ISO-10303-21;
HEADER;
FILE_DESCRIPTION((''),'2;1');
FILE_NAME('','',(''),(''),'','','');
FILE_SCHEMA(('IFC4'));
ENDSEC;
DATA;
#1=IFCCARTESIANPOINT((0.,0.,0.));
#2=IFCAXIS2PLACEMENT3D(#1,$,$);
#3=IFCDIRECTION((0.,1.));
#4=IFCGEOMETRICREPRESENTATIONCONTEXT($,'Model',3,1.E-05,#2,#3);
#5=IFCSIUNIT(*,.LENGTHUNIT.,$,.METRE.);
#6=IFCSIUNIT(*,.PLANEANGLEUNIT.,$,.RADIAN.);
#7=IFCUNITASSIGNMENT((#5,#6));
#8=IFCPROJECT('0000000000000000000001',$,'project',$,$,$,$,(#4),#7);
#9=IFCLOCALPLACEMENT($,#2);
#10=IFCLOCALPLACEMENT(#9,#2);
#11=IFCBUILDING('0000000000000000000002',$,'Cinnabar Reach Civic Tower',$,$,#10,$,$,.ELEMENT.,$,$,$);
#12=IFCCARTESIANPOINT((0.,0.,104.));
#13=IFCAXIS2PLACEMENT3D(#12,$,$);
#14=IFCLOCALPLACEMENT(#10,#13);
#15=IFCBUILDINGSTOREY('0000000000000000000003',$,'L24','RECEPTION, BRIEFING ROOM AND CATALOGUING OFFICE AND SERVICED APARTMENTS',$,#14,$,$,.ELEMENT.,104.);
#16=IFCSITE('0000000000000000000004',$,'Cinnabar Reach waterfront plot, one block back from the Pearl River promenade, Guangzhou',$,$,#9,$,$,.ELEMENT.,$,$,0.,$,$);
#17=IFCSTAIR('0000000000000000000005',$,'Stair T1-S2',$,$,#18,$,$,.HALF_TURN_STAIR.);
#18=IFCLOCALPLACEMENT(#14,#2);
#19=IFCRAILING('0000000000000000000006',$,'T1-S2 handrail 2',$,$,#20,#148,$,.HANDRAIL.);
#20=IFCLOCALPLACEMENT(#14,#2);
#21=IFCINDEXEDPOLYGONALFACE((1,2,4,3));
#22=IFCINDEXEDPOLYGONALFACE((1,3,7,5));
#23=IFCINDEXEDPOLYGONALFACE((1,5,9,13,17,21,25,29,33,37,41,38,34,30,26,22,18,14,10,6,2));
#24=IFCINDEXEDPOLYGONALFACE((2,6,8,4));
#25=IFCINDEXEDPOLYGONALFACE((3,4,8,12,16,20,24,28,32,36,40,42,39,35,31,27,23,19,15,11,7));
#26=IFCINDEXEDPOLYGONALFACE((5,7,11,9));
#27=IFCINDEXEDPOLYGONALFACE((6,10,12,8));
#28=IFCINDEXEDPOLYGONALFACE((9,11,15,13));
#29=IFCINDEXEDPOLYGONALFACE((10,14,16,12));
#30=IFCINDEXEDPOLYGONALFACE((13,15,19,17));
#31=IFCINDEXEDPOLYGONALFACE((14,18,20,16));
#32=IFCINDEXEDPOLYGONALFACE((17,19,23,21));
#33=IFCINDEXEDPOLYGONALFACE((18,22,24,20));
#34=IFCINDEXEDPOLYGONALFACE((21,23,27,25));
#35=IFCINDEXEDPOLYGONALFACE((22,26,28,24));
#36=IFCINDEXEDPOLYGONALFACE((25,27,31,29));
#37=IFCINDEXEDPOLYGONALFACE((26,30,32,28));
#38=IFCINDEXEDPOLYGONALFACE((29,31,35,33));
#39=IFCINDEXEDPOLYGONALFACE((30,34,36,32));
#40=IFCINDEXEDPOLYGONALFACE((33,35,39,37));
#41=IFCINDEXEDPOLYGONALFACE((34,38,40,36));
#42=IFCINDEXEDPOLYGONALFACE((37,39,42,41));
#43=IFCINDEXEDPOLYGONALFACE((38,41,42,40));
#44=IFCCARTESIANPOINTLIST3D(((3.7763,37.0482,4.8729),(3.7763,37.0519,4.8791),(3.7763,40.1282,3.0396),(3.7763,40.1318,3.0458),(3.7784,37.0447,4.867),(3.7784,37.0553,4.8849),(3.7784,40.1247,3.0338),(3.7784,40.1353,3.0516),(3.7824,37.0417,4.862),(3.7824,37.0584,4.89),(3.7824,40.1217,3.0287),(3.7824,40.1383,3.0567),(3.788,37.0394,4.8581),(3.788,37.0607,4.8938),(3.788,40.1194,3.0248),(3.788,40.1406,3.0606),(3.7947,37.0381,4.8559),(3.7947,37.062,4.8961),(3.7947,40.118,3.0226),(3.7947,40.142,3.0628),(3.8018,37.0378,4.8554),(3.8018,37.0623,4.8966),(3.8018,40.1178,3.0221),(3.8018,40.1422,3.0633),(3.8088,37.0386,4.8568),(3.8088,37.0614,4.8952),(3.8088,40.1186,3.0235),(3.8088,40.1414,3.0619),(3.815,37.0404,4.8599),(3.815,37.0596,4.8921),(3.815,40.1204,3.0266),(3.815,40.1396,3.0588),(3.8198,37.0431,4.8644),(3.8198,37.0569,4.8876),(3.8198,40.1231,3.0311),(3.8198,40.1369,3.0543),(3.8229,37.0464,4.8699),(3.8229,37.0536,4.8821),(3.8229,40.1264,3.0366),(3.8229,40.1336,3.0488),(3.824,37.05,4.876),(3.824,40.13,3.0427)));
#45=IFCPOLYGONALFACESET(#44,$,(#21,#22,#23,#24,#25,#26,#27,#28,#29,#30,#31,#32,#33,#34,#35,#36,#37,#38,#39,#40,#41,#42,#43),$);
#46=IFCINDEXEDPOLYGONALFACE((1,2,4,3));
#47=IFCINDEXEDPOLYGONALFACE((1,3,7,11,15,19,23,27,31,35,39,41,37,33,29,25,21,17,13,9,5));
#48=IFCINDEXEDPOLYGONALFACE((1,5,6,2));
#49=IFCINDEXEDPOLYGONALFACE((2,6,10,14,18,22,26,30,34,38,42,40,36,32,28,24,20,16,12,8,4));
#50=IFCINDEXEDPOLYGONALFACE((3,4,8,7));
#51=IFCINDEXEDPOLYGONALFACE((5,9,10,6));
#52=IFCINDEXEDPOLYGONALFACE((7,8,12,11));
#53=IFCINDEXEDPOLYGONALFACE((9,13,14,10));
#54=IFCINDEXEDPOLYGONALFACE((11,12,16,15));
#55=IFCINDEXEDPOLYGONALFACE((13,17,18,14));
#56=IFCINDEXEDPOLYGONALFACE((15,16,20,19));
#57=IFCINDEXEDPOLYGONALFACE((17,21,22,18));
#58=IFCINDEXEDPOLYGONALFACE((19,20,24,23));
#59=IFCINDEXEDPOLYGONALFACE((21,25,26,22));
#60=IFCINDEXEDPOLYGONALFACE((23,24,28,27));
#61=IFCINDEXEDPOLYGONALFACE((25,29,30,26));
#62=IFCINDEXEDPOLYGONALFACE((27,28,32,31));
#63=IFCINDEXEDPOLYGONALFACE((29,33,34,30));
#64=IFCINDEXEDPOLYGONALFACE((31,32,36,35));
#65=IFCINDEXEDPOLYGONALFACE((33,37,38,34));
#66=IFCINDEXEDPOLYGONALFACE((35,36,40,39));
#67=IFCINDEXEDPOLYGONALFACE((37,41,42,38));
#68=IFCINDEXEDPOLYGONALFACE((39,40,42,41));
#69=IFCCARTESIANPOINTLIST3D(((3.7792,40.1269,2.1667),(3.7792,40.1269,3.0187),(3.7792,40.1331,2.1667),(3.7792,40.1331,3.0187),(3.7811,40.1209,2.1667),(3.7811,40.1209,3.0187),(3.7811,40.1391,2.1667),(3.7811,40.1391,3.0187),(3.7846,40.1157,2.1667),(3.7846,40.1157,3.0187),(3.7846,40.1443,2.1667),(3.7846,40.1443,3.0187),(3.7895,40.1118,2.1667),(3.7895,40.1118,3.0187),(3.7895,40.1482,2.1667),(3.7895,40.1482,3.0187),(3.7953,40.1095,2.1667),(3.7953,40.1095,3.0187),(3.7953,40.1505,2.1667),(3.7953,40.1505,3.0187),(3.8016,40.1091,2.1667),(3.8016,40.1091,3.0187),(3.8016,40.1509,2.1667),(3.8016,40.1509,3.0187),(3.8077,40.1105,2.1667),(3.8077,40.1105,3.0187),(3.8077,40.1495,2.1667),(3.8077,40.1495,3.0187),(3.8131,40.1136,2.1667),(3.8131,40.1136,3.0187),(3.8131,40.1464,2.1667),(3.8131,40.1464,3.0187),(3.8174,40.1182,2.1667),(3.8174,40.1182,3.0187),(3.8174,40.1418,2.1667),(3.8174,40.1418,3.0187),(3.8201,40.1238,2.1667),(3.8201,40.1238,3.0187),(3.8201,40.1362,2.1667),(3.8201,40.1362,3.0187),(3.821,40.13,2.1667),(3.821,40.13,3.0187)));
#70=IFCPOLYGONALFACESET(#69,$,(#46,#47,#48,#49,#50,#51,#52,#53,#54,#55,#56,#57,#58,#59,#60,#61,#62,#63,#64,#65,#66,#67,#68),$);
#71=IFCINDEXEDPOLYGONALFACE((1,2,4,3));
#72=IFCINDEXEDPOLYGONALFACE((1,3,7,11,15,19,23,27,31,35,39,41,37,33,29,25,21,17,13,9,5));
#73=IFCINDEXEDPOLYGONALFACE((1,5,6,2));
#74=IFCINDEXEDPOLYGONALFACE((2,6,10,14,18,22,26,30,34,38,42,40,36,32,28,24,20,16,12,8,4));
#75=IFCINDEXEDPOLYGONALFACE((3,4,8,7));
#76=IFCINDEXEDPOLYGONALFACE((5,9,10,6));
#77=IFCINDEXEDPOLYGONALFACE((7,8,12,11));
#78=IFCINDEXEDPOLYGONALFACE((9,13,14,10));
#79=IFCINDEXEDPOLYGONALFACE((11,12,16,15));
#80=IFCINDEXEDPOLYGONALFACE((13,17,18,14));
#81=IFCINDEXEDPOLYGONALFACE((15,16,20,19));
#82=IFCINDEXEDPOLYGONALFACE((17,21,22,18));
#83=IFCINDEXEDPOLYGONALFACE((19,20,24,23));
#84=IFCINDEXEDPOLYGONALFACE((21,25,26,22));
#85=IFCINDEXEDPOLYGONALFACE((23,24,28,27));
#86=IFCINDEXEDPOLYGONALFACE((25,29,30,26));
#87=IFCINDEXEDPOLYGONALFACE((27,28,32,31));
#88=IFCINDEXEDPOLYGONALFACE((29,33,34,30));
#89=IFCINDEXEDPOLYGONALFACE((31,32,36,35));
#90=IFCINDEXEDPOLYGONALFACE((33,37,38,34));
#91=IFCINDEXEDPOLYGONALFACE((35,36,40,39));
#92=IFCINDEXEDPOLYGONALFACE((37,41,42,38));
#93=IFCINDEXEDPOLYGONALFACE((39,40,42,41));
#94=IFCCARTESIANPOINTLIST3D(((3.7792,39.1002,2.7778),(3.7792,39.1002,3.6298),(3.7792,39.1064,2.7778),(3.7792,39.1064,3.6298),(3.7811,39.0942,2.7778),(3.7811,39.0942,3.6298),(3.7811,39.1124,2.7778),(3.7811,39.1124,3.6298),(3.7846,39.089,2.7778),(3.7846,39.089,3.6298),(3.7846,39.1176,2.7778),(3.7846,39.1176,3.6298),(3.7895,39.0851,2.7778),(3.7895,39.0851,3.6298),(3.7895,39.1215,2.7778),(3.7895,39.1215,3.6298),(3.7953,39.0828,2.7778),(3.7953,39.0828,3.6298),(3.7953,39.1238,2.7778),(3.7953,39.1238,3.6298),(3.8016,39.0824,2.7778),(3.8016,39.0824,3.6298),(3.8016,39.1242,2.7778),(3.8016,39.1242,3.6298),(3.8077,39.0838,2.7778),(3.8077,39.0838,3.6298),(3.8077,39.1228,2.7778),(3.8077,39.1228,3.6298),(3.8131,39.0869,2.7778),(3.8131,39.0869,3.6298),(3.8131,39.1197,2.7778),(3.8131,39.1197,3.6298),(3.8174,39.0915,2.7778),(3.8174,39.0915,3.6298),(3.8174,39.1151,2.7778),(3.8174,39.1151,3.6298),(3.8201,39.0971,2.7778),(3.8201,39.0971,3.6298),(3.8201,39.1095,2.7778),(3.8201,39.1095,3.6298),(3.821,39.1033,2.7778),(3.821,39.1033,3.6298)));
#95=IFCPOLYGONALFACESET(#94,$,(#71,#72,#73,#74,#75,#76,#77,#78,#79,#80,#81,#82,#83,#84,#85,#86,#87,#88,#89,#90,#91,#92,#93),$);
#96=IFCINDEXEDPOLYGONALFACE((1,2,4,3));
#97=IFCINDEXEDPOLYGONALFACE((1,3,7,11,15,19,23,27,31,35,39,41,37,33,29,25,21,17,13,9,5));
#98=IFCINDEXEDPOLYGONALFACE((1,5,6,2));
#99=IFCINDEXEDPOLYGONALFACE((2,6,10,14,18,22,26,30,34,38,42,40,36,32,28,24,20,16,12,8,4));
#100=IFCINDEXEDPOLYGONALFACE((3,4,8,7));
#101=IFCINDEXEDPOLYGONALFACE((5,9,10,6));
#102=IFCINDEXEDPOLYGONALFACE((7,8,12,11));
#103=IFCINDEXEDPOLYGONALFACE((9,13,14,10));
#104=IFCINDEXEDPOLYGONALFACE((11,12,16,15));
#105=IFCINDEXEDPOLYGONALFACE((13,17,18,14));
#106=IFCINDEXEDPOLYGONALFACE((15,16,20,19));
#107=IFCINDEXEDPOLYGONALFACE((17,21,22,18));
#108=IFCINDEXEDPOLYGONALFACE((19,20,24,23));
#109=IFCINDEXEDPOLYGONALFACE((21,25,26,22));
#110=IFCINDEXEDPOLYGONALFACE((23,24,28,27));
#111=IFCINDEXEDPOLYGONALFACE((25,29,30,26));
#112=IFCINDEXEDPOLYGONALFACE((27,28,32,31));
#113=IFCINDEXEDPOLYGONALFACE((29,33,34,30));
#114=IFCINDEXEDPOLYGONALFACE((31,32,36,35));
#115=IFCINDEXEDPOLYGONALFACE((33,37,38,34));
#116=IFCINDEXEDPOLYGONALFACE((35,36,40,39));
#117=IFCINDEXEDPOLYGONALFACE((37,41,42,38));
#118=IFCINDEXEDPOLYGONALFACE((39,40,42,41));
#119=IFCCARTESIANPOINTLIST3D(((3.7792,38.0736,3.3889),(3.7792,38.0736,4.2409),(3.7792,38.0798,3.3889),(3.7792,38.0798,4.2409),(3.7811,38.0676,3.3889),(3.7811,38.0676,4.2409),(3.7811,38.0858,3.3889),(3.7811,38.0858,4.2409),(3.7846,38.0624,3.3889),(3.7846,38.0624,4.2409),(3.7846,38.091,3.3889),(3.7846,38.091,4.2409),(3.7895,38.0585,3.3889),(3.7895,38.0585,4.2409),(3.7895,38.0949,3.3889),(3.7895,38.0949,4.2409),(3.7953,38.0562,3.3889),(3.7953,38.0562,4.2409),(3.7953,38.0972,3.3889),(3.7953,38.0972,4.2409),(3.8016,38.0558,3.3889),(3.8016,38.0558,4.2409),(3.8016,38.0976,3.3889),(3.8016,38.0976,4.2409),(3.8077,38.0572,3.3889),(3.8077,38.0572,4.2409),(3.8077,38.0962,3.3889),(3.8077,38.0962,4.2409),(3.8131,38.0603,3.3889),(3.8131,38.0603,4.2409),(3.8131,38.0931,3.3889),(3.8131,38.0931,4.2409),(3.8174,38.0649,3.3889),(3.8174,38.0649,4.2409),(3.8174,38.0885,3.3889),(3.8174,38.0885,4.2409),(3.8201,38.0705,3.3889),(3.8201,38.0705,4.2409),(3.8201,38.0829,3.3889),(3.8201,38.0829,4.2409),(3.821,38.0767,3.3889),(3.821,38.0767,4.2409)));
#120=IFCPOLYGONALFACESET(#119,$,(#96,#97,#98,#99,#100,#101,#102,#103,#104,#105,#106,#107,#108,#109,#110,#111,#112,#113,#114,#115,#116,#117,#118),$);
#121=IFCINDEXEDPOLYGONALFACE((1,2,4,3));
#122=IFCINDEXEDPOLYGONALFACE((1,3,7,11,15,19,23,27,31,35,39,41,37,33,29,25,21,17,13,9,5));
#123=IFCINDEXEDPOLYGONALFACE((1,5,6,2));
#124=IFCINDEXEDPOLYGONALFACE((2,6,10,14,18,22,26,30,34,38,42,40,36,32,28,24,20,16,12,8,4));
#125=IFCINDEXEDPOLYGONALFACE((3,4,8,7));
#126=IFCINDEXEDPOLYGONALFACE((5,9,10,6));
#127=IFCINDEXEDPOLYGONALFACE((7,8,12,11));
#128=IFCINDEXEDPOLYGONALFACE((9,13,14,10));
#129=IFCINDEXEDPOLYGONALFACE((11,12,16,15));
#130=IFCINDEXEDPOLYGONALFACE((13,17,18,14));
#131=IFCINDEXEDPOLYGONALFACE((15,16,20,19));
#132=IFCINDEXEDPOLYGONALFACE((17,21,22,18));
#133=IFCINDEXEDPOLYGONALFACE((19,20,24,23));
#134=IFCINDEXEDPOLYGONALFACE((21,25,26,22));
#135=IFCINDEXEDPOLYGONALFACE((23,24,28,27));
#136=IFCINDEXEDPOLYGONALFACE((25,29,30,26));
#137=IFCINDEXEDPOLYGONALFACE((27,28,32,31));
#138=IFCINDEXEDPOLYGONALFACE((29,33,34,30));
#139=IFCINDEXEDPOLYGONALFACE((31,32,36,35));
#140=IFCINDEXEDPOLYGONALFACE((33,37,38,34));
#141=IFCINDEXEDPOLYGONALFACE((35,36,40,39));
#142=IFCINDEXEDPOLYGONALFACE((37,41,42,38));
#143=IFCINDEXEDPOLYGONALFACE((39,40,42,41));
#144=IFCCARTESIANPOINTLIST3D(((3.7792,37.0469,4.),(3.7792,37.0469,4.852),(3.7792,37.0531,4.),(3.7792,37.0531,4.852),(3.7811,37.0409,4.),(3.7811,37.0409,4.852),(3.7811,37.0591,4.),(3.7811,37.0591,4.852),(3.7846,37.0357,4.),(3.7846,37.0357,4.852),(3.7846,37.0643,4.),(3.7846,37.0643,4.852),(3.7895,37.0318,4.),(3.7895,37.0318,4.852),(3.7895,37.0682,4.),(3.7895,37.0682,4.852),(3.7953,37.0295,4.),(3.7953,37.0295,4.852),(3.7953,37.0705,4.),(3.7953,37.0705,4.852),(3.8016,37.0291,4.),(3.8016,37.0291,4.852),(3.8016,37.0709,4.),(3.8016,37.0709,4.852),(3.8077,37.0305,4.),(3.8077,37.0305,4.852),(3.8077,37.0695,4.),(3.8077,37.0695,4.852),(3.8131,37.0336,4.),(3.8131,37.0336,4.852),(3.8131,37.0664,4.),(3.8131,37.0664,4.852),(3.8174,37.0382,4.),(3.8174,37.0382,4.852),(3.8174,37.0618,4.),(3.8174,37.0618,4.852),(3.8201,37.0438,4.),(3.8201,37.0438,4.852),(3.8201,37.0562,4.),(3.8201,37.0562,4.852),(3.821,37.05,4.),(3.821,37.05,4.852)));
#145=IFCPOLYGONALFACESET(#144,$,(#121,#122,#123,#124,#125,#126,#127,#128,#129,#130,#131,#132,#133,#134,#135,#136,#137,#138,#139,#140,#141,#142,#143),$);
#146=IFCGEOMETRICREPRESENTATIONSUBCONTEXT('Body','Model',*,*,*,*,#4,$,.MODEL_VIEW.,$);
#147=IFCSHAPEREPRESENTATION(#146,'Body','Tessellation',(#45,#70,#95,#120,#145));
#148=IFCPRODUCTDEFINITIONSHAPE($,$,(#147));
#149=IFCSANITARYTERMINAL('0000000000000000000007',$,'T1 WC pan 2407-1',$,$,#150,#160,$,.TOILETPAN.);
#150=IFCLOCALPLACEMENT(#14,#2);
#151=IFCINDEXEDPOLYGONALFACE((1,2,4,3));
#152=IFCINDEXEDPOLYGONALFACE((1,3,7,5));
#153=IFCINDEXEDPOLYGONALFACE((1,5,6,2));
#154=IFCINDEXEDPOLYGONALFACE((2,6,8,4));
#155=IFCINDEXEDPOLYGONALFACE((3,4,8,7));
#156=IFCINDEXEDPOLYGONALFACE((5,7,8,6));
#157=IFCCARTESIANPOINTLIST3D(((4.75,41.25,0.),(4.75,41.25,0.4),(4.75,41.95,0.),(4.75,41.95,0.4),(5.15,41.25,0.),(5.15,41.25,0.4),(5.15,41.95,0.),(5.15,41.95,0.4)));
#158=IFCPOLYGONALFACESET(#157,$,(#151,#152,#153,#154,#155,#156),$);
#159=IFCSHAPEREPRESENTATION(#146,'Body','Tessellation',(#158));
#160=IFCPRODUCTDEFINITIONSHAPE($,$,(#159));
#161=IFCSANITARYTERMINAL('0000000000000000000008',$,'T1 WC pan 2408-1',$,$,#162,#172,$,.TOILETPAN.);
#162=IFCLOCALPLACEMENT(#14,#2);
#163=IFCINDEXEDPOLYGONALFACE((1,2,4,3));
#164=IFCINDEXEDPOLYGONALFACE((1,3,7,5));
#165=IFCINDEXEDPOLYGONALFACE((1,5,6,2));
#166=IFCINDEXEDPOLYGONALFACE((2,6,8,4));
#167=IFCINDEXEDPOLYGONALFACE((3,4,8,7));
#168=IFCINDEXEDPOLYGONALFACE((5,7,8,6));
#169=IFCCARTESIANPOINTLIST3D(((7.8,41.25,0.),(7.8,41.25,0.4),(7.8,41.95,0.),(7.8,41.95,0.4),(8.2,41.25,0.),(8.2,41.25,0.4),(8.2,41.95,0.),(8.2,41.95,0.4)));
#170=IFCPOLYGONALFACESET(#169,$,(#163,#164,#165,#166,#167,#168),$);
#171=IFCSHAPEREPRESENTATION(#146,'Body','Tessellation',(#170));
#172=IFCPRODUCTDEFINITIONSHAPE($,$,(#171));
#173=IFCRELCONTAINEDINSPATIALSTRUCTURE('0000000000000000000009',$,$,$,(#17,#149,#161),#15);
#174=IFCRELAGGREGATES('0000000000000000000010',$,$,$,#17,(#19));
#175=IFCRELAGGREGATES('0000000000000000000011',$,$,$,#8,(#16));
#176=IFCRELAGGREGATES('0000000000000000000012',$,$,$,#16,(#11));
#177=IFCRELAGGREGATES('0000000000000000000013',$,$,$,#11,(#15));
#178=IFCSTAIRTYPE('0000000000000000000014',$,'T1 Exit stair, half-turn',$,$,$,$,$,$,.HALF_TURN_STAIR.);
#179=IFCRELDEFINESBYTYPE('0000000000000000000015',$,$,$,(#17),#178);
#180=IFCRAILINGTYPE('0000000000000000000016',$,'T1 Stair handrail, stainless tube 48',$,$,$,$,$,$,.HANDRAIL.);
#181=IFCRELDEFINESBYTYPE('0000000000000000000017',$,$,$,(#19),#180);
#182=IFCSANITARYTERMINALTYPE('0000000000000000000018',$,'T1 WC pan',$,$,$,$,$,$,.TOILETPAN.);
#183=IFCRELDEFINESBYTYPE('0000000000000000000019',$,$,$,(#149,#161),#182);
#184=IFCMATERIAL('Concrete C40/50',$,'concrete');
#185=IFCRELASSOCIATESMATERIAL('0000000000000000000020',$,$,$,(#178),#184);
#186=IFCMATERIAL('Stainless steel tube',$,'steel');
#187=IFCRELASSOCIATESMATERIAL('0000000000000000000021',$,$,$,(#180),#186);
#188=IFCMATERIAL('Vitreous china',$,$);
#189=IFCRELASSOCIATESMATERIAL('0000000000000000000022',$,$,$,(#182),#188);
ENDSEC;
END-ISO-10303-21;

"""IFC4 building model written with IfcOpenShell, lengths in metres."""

from ifc_helpers import new_model, si_unit, direction, frame, origin, origin_2d, place, context, subcontext, project, spatial, rectangle, circle, extrude, material, type_object, element, aggregate, save


model = new_model("IFC4")

# Units and contexts
model_context = context("Model", 3, precision=1e-05, world=origin(), true_north=direction((0.0, 1.0)))
body_context = subcontext(model_context, "Body", "Model", "MODEL_VIEW")
ifc_project = project(units=[si_unit("LENGTHUNIT", "METRE"), si_unit("PLANEANGLEUNIT", "RADIAN")], contexts=[model_context])

# Site, building, storey
site_placement = place(None, origin())
site = spatial("IfcSite", under=ifc_project, at=site_placement, Name="Cinnabar Reach waterfront plot, one block back from the Pearl River promenade, Guangzhou", CompositionType="ELEMENT", RefElevation=0.0)
building_placement = place(site_placement, origin())
building = spatial("IfcBuilding", under=site, at=building_placement, Name="Cinnabar Reach Civic Tower", CompositionType="ELEMENT")
storey_placement = place(building_placement, frame((0.0, 0.0, 104.0)))
storey = spatial("IfcBuildingStorey", under=building, at=storey_placement, Name="L24", Description="RECEPTION, BRIEFING ROOM AND CATALOGUING OFFICE AND SERVICED APARTMENTS", CompositionType="ELEMENT", Elevation=104.0)

# Stair, railing
ifc_material_1 = material(Name="Concrete C40/50", Category="concrete")
stair_type = type_object("IfcStairType", Name="T1 Exit stair, half-turn", PredefinedType="HALF_TURN_STAIR", material=ifc_material_1)
stair_placement = place(storey_placement, origin())
stair = element("IfcStair", 1, at=stair_placement, inside=storey, type_object=stair_type, Name="Stair T1-S2", PredefinedType="HALF_TURN_STAIR")
ifc_material_2 = material(Name="Stainless steel tube", Category="steel")
railing_type = type_object("IfcRailingType", Name="T1 Stair handrail, stainless tube 48", PredefinedType="HANDRAIL", material=ifc_material_2)
railing_1_placement = place(storey_placement, frame((3.8, 40.13, 2.1667)))
railing_1 = element("IfcRailing", 2, at=railing_1_placement, type_object=railing_type, Name="T1-S2 handrail 2", PredefinedType="HANDRAIL", context=body_context, shape_type="SweptSolid", body=[
    extrude(circle(Radius=0.024, at=origin_2d()), frame((0.0, 0.0, 0.876), z_axis=(0.0, -0.859297, 0.511477), x_axis=(1.0, 0.0, 0.0)), (0.0, 0.0, 1.0), 3.5843),
    extrude(circle(Radius=0.021, at=origin_2d()), origin(), (0.0, 0.0, 1.0), 0.852),
    extrude(circle(Radius=0.021, at=origin_2d()), frame((0.0, -1.0267, 0.6111)), (0.0, 0.0, 1.0), 0.852),
    extrude(circle(Radius=0.021, at=origin_2d()), frame((0.0, -2.0533, 1.2222)), (0.0, 0.0, 1.0), 0.852),
    extrude(circle(Radius=0.021, at=origin_2d()), frame((0.0, -3.08, 1.8333)), (0.0, 0.0, 1.0), 0.852),
])
aggregate(stair, [railing_1])

# Sanitary terminals
ifc_material_3 = material(Name="Vitreous china")
sanitary_terminal_type = type_object("IfcSanitaryTerminalType", Name="T1 WC pan", PredefinedType="TOILETPAN", material=ifc_material_3)
for number, where, z_axis, x_axis, name in (
    (3, (4.95, 41.6, 0.0), (0.0, 0.0, 1.0), (1.0, 0.0, 0.0), "T1 WC pan 2407-1"),
    (4, (8.0, 41.6, 0.0), (0.0, 0.0, 1.0), (1.0, 0.0, 0.0), "T1 WC pan 2408-1"),
):
    element("IfcSanitaryTerminal", number, at=place(storey_placement, frame(where, z_axis=z_axis, x_axis=x_axis)), inside=storey, type_object=sanitary_terminal_type, Name=name, PredefinedType="TOILETPAN", context=body_context, shape_type="SweptSolid", body=[
        extrude(rectangle(XDim=0.4, YDim=0.7, at=origin_2d()), origin(), (0.0, 0.0, 1.0), 0.4),
    ])

save(model, "model.ifc")
